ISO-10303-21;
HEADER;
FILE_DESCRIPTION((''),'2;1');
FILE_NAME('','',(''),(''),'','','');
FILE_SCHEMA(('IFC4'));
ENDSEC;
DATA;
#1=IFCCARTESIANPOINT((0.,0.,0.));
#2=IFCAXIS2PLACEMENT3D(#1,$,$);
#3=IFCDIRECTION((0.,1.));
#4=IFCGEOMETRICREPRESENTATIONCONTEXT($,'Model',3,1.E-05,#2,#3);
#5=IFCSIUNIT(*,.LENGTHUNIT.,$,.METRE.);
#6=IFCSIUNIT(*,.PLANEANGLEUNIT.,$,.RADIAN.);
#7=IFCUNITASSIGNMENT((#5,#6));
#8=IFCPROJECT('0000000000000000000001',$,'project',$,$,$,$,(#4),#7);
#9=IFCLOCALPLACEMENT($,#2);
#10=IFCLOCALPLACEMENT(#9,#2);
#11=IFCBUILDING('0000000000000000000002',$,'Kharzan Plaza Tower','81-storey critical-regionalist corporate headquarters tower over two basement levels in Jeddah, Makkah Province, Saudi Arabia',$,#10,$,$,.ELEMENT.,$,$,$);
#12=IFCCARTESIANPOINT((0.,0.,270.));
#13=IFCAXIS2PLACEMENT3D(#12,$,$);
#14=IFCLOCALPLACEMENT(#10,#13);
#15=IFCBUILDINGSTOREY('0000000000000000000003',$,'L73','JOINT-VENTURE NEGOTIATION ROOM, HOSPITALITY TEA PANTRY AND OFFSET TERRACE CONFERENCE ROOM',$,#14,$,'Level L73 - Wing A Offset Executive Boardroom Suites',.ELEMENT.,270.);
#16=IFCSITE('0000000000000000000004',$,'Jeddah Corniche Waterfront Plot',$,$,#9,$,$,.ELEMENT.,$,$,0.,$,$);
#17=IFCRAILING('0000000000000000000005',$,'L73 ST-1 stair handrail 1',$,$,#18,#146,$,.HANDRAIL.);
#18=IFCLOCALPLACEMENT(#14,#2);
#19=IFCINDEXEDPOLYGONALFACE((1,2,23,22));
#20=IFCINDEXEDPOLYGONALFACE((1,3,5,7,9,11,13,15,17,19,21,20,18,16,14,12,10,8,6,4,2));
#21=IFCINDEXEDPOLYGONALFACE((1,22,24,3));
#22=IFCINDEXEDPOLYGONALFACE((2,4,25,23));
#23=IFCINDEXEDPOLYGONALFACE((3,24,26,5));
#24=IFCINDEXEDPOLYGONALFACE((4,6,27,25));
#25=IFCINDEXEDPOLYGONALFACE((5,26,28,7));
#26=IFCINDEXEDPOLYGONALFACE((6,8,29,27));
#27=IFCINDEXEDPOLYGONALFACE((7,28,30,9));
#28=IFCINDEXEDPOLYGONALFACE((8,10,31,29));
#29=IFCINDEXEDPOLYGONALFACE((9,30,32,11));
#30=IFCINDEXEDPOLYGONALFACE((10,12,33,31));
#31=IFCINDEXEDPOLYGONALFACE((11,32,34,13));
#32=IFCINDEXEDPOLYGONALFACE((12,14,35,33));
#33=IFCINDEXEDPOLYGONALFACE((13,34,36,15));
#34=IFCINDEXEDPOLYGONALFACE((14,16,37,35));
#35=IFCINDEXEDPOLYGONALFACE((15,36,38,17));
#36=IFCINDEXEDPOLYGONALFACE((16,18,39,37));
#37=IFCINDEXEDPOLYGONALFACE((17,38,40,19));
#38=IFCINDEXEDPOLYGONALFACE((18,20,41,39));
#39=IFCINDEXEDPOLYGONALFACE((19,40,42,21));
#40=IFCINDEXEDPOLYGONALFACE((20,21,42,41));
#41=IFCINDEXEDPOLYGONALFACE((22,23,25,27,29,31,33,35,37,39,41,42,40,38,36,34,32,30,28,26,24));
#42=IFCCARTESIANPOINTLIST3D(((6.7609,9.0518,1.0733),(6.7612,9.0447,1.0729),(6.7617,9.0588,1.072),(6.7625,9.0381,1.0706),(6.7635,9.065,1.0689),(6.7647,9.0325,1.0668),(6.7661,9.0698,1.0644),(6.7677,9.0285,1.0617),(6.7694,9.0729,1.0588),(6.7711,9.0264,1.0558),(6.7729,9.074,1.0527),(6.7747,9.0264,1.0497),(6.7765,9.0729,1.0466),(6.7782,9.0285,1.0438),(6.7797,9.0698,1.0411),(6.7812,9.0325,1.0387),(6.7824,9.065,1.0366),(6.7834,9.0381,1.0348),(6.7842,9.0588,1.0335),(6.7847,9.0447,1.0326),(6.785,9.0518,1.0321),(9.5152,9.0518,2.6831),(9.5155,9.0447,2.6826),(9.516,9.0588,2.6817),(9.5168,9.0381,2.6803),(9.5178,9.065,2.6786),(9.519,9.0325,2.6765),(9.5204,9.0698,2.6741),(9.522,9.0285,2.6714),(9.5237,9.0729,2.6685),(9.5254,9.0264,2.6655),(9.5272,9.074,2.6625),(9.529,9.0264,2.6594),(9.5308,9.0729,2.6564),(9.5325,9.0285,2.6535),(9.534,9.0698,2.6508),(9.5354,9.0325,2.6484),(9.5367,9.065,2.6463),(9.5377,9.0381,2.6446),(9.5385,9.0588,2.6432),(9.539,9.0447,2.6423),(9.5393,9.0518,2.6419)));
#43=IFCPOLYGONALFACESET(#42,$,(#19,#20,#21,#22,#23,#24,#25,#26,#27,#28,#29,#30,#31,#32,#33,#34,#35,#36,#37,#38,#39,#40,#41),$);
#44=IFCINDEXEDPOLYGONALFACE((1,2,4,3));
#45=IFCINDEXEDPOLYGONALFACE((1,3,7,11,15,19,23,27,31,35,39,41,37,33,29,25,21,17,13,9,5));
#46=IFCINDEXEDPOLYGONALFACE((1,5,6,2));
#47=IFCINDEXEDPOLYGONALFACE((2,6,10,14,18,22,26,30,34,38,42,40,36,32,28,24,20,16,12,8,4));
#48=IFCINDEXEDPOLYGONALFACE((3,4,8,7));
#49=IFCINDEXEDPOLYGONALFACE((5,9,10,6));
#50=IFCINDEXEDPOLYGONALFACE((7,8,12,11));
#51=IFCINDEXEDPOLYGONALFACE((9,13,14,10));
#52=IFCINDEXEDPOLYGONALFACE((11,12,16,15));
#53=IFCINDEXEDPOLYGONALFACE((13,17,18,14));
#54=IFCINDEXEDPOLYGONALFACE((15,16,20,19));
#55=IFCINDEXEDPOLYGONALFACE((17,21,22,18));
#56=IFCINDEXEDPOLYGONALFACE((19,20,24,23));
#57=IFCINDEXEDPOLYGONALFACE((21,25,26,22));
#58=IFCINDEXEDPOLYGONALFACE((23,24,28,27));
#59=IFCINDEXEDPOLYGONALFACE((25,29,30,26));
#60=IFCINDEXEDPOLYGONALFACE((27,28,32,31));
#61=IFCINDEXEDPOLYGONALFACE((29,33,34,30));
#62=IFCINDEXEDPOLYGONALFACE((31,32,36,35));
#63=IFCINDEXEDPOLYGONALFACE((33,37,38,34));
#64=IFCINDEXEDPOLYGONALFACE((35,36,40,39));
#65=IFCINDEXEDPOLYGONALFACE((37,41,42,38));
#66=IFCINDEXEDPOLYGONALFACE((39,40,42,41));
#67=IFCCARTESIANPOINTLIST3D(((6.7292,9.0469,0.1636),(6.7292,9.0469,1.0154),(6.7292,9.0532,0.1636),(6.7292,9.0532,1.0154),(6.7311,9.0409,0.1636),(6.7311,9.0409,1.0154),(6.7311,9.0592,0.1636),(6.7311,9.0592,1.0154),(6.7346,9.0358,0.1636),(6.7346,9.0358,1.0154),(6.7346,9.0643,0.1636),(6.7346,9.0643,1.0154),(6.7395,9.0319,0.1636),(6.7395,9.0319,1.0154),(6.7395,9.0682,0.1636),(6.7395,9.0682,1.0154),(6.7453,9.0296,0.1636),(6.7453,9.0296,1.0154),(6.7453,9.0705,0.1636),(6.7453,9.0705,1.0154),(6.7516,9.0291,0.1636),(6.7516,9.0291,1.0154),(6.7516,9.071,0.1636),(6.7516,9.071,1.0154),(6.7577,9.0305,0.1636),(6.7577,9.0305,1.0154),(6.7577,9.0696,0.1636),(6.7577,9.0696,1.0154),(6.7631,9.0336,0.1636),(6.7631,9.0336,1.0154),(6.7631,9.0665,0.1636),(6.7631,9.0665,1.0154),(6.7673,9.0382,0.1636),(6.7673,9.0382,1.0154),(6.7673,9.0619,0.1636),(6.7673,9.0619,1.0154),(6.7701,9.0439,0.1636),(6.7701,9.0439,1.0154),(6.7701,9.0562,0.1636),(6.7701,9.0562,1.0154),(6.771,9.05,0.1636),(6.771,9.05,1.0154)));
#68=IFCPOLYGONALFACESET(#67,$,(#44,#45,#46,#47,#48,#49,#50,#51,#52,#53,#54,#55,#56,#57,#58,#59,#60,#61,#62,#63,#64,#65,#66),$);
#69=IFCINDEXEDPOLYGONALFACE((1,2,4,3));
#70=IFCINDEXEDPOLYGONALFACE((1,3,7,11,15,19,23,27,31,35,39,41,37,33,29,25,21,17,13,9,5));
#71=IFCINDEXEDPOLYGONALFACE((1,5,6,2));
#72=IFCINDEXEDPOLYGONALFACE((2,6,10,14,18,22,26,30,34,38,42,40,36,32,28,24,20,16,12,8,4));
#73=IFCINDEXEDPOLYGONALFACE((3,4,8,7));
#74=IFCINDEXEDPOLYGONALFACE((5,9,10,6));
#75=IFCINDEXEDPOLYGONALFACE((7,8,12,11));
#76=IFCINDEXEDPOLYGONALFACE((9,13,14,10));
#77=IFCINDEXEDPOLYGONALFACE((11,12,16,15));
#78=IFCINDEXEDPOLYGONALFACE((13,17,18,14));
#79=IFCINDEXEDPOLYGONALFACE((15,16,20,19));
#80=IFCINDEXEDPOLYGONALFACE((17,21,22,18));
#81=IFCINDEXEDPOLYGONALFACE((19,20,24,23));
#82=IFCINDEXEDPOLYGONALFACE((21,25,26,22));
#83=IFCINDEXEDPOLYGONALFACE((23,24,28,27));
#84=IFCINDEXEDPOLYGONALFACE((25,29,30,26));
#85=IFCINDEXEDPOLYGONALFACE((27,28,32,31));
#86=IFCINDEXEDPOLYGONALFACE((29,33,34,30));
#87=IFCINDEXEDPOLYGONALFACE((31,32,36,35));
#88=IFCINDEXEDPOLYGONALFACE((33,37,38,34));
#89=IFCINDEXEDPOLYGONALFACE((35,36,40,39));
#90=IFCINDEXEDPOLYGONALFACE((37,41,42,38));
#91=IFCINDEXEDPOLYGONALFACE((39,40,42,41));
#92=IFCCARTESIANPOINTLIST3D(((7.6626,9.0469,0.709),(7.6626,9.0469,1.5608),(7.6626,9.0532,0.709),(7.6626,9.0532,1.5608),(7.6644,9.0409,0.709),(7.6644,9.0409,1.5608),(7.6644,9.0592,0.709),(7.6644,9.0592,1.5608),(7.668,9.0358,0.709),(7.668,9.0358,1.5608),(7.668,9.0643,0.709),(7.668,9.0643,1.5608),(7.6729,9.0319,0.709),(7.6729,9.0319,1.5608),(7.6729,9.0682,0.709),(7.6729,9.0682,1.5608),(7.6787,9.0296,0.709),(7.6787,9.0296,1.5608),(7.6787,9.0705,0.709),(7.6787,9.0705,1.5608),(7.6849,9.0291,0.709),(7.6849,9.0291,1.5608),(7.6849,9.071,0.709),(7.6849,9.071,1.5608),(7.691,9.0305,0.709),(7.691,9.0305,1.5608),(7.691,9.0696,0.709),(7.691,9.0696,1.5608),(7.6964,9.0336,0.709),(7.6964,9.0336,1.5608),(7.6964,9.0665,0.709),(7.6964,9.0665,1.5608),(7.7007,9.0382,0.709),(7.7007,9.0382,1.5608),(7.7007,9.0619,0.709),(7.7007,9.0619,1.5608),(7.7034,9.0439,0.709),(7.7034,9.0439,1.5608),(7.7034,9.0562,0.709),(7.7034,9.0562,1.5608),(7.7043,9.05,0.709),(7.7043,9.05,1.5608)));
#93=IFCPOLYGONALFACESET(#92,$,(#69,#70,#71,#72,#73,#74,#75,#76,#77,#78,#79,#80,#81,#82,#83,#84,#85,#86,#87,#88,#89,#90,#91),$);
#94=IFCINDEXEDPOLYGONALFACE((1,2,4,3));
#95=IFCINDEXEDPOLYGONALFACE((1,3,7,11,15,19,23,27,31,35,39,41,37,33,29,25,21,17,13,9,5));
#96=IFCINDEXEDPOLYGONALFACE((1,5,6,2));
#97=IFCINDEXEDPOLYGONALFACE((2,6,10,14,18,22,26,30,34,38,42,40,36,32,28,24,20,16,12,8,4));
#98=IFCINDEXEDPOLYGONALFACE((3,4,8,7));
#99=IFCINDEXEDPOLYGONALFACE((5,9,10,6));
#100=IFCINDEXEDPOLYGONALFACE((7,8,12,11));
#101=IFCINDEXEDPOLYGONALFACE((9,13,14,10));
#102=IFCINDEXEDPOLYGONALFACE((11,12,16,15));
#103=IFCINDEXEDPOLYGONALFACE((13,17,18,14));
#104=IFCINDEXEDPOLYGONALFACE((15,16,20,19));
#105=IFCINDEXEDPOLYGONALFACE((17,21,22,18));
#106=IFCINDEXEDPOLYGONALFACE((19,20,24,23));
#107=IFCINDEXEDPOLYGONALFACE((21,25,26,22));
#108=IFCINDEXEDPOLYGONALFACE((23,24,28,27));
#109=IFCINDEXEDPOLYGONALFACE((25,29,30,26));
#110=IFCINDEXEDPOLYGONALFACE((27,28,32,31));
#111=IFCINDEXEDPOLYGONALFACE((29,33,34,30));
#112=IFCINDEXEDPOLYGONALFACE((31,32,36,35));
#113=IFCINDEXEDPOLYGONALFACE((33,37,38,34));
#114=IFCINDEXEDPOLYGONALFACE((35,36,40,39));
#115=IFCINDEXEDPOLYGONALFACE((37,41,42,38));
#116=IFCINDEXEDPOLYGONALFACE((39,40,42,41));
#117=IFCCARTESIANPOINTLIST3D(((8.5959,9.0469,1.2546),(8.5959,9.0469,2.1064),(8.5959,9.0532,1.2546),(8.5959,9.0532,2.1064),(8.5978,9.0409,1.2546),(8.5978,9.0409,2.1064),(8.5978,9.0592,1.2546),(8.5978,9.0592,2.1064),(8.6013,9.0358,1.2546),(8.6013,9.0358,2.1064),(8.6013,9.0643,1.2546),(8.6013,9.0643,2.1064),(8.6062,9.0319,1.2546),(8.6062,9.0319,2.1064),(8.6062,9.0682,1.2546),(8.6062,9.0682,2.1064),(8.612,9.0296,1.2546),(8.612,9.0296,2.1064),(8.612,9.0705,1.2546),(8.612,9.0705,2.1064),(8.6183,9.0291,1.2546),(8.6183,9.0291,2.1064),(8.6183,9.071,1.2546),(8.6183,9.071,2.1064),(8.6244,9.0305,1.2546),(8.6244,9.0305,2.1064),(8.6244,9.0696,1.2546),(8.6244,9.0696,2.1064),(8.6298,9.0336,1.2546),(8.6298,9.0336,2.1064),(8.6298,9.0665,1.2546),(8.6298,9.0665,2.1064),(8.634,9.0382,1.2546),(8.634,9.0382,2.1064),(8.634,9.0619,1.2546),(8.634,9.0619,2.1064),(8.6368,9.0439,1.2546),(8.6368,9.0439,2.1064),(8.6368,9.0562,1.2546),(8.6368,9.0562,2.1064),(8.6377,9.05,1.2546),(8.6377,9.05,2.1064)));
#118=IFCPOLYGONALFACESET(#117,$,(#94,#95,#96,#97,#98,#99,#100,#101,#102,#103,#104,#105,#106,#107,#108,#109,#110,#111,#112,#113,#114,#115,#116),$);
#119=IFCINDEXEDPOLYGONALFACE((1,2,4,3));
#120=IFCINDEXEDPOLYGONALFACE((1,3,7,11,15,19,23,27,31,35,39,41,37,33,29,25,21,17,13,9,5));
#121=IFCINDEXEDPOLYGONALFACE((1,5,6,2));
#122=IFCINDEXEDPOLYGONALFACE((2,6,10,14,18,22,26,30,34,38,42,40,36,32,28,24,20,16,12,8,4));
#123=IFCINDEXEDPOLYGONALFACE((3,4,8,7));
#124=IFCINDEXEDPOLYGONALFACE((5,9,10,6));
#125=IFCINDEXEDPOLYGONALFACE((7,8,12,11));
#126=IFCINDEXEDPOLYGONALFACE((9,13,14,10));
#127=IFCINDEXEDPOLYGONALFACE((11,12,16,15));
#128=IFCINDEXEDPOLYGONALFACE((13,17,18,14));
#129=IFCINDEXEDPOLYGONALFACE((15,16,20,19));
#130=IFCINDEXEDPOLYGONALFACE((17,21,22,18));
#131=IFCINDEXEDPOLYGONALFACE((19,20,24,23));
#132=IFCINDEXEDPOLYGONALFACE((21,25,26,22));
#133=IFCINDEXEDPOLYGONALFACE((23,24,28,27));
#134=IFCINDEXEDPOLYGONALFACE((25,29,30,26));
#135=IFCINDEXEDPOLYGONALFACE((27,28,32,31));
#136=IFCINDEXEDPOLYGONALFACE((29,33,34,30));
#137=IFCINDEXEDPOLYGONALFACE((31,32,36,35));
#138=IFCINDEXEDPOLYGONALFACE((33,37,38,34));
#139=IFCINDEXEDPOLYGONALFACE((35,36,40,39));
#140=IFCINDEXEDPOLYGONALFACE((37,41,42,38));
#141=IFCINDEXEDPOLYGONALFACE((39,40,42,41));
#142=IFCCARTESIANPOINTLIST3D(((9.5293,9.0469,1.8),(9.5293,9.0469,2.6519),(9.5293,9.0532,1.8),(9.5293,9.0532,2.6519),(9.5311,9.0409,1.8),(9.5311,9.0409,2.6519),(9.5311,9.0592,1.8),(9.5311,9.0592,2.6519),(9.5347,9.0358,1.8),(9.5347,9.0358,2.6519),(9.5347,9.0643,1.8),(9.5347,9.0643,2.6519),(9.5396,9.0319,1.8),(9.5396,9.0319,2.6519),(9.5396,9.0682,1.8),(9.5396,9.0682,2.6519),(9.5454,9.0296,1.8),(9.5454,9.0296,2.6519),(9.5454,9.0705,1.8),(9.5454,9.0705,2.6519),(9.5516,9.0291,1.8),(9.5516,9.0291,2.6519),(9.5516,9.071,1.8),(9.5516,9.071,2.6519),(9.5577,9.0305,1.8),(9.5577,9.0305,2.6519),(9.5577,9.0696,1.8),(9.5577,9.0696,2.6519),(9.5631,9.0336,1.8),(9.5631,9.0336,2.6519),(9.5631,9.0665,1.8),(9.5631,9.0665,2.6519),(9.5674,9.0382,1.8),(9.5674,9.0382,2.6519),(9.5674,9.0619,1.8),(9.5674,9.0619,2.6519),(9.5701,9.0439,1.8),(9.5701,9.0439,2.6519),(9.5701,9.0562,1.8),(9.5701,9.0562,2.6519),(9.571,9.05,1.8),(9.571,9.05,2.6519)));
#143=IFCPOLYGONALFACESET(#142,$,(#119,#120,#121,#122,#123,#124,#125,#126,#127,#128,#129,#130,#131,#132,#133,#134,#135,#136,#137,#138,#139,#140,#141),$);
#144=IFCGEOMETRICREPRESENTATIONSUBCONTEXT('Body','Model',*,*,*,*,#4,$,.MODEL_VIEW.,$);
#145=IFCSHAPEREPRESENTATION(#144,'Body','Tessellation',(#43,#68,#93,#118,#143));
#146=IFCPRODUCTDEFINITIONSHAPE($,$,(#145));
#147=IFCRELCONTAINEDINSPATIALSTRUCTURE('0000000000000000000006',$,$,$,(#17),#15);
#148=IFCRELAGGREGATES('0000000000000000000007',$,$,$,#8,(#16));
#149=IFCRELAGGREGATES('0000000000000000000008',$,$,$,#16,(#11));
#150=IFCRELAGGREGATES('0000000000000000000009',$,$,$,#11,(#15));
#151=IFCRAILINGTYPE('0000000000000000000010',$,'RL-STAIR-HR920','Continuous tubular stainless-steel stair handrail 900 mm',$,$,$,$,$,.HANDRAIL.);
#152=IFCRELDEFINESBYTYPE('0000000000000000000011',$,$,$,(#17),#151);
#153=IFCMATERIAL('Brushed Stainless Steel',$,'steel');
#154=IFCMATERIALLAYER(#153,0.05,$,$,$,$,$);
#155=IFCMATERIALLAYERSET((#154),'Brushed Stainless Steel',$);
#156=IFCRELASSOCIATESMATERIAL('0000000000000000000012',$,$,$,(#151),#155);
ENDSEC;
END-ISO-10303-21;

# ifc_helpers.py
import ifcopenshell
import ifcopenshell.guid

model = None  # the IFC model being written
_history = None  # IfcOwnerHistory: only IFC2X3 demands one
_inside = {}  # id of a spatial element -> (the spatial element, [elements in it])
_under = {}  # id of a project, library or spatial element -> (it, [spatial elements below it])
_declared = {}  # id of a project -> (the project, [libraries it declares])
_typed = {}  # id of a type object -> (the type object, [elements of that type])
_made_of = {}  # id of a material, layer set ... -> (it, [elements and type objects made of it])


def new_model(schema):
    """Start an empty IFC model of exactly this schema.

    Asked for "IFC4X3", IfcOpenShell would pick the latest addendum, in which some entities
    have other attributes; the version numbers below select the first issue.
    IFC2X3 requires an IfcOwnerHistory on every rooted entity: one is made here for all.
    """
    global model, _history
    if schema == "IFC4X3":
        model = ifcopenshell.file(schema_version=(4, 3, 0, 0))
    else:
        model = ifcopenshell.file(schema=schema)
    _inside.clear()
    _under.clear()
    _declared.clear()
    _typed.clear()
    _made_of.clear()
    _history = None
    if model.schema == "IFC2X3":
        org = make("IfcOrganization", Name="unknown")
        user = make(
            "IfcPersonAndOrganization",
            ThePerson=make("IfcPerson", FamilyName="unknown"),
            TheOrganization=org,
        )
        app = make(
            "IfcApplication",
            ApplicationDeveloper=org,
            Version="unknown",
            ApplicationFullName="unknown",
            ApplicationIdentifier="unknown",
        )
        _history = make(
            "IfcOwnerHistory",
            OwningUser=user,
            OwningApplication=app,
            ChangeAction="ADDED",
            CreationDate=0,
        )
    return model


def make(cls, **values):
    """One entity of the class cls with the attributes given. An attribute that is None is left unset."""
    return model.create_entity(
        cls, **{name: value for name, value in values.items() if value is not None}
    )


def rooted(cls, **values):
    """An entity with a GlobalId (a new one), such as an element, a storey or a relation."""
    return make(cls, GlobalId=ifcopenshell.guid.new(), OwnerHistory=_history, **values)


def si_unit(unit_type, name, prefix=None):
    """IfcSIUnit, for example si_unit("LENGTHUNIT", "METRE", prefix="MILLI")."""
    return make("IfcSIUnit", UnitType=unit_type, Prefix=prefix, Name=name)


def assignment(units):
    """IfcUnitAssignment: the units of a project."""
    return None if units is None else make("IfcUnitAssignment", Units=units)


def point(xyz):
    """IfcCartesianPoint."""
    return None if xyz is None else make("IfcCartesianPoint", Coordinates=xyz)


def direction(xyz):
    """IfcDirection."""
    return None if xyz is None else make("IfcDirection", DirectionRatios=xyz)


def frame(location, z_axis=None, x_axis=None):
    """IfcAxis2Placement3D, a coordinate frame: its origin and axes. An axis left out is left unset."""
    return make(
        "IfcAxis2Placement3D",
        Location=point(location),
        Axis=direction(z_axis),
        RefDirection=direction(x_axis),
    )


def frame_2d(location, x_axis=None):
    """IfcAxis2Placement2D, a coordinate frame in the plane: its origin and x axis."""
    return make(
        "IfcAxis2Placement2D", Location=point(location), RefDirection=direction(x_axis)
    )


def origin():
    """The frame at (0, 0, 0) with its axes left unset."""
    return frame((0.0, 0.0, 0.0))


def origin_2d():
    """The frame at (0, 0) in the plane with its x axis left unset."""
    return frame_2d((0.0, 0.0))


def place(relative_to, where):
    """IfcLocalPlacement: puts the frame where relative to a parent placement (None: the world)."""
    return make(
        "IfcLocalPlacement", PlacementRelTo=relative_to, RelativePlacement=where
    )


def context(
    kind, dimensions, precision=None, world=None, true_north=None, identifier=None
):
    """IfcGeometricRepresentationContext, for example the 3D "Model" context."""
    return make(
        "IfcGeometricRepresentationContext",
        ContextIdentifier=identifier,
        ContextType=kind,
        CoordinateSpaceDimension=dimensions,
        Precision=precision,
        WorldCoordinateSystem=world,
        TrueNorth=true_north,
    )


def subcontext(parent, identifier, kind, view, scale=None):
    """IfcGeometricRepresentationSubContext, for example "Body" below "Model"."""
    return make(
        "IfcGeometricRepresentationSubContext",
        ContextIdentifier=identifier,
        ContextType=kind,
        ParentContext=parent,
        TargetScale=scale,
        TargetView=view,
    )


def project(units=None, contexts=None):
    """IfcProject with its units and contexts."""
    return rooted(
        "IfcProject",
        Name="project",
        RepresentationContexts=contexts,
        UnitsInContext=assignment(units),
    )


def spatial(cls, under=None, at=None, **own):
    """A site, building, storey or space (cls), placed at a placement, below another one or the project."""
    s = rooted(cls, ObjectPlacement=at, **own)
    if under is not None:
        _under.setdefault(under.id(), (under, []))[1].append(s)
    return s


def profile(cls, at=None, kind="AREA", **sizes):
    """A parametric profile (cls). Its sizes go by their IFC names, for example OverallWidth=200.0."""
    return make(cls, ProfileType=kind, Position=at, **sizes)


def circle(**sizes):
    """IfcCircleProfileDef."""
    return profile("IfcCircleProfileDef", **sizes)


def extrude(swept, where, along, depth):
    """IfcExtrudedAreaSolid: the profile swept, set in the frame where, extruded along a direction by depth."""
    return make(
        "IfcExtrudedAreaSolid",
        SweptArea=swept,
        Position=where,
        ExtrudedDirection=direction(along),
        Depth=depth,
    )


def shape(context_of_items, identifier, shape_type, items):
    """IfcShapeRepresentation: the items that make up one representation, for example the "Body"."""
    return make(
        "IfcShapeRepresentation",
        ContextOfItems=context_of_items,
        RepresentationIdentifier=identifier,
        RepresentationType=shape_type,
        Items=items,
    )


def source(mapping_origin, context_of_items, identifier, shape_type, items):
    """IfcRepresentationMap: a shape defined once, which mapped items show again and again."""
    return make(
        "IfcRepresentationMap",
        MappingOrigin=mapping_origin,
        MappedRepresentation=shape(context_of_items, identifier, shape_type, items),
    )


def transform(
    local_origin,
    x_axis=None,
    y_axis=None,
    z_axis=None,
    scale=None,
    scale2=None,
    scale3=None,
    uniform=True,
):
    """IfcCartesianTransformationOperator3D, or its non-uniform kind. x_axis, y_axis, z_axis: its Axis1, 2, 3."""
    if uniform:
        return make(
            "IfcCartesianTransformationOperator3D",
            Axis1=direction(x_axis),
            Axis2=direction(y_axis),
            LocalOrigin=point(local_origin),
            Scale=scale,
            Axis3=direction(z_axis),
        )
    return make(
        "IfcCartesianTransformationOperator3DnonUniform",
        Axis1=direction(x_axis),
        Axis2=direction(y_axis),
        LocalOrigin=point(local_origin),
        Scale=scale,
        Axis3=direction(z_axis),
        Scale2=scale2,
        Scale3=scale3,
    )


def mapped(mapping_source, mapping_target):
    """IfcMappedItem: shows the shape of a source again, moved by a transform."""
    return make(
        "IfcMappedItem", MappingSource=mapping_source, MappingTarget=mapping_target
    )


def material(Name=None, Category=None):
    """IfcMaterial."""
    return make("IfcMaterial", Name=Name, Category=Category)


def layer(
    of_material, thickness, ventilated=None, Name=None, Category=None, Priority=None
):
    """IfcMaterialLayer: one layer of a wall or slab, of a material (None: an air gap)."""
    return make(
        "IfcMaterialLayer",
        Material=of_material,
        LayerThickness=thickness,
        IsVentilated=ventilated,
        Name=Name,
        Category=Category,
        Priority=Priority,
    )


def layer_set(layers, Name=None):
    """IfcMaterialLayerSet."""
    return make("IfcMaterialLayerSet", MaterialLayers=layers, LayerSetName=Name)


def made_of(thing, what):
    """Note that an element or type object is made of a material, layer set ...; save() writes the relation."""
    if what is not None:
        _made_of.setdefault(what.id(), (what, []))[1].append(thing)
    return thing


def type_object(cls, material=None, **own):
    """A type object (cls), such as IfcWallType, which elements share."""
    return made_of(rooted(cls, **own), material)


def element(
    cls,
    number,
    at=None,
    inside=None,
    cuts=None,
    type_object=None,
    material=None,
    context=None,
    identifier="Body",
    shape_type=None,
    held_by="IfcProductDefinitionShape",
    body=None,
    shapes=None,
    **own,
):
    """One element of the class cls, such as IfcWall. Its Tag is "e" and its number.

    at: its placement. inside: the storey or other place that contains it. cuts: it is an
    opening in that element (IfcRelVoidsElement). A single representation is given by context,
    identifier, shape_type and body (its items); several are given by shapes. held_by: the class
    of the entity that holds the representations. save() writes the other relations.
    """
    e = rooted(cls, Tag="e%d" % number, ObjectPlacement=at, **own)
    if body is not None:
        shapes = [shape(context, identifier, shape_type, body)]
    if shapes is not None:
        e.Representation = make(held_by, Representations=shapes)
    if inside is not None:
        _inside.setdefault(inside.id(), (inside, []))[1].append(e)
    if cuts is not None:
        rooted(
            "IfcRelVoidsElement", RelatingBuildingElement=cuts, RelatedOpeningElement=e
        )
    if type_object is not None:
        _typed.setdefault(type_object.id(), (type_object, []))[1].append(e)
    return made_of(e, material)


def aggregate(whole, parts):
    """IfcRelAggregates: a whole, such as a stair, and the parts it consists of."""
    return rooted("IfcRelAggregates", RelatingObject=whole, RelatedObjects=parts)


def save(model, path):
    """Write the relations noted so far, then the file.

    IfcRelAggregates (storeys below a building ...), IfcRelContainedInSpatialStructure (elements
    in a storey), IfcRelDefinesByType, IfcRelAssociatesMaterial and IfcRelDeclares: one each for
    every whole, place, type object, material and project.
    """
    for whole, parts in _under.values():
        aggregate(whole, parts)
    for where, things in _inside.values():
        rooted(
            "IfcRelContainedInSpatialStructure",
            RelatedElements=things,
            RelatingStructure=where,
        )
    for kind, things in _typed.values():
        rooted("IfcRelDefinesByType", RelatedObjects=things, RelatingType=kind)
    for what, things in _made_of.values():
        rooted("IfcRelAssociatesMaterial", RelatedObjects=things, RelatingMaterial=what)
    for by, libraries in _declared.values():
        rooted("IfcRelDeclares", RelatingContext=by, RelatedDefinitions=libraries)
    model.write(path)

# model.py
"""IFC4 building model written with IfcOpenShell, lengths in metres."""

from ifc_helpers import new_model, si_unit, direction, frame, origin, origin_2d, place, context, subcontext, project, spatial, circle, extrude, source, transform, mapped, material, layer, layer_set, type_object, element, save


model = new_model("IFC4")

# Units and contexts
model_context = context("Model", 3, precision=1e-05, world=origin(), true_north=direction((0.0, 1.0)))
body_context = subcontext(model_context, "Body", "Model", "MODEL_VIEW")
ifc_project = project(units=[si_unit("LENGTHUNIT", "METRE"), si_unit("PLANEANGLEUNIT", "RADIAN")], contexts=[model_context])

# Site, building, storey
site_placement = place(None, origin())
site = spatial("IfcSite", under=ifc_project, at=site_placement, Name="Jeddah Corniche Waterfront Plot", CompositionType="ELEMENT", RefElevation=0.0)
building_placement = place(site_placement, origin())
building = spatial("IfcBuilding", under=site, at=building_placement, Name="Kharzan Plaza Tower", Description="81-storey critical-regionalist corporate headquarters tower over two basement levels in Jeddah, Makkah Province, Saudi Arabia", CompositionType="ELEMENT")
storey_placement = place(building_placement, frame((0.0, 0.0, 270.0)))
storey = spatial("IfcBuildingStorey", under=building, at=storey_placement, Name="L73", Description="JOINT-VENTURE NEGOTIATION ROOM, HOSPITALITY TEA PANTRY AND OFFSET TERRACE CONFERENCE ROOM", LongName="Level L73 - Wing A Offset Executive Boardroom Suites", CompositionType="ELEMENT", Elevation=270.0)

# Shared definitions
ifc_material_1 = material(Name="Brushed Stainless Steel", Category="steel")

# Railing
ifc_layer_1 = layer(ifc_material_1, 0.05)
ifc_layer_set_1 = layer_set([ifc_layer_1], Name="Brushed Stainless Steel")
railing_type_1 = type_object("IfcRailingType", Name="RL-STAIR-HR920", Description="Continuous tubular stainless-steel stair handrail 900 mm", PredefinedType="HANDRAIL", material=ifc_layer_set_1)
shared_shape_1 = source(origin(), body_context, "Body", "SweptSolid", [
    extrude(circle(Radius=0.0239, at=origin_2d()), frame((0.0229, 0.0, 0.8892), z_axis=(0.863361, 0.0, 0.504587), x_axis=(0.0, 1.0, 0.0)), (0.0, 0.0, 1.0), 3.1902),
    extrude(circle(Radius=0.021, at=origin_2d()), origin(), (0.0, 0.0, 1.0), 0.8518),
    extrude(circle(Radius=0.021, at=origin_2d()), frame((0.9333, 0.0, 0.5454)), (0.0, 0.0, 1.0), 0.8518),
    extrude(circle(Radius=0.021, at=origin_2d()), frame((1.8667, 0.0, 1.0911)), (0.0, 0.0, 1.0), 0.8518),
    extrude(circle(Radius=0.021, at=origin_2d()), frame((2.8, 0.0, 1.6365)), (0.0, 0.0, 1.0), 0.8518),
])
railing_1_placement = place(storey_placement, frame((6.75, 9.05, 0.1636)))
element("IfcRailing", 1, at=railing_1_placement, inside=storey, type_object=railing_type_1, Name="L73 ST-1 stair handrail 1", PredefinedType="HANDRAIL", context=body_context, shape_type="MappedRepresentation", body=[
    mapped(shared_shape_1, transform((0.0, 0.0, 0.0), x_axis=(1.0, 0.0, 0.0), y_axis=(0.0, 1.0, 0.0), z_axis=(0.0, 0.0, 1.0))),
])

save(model, "model.ifc")
